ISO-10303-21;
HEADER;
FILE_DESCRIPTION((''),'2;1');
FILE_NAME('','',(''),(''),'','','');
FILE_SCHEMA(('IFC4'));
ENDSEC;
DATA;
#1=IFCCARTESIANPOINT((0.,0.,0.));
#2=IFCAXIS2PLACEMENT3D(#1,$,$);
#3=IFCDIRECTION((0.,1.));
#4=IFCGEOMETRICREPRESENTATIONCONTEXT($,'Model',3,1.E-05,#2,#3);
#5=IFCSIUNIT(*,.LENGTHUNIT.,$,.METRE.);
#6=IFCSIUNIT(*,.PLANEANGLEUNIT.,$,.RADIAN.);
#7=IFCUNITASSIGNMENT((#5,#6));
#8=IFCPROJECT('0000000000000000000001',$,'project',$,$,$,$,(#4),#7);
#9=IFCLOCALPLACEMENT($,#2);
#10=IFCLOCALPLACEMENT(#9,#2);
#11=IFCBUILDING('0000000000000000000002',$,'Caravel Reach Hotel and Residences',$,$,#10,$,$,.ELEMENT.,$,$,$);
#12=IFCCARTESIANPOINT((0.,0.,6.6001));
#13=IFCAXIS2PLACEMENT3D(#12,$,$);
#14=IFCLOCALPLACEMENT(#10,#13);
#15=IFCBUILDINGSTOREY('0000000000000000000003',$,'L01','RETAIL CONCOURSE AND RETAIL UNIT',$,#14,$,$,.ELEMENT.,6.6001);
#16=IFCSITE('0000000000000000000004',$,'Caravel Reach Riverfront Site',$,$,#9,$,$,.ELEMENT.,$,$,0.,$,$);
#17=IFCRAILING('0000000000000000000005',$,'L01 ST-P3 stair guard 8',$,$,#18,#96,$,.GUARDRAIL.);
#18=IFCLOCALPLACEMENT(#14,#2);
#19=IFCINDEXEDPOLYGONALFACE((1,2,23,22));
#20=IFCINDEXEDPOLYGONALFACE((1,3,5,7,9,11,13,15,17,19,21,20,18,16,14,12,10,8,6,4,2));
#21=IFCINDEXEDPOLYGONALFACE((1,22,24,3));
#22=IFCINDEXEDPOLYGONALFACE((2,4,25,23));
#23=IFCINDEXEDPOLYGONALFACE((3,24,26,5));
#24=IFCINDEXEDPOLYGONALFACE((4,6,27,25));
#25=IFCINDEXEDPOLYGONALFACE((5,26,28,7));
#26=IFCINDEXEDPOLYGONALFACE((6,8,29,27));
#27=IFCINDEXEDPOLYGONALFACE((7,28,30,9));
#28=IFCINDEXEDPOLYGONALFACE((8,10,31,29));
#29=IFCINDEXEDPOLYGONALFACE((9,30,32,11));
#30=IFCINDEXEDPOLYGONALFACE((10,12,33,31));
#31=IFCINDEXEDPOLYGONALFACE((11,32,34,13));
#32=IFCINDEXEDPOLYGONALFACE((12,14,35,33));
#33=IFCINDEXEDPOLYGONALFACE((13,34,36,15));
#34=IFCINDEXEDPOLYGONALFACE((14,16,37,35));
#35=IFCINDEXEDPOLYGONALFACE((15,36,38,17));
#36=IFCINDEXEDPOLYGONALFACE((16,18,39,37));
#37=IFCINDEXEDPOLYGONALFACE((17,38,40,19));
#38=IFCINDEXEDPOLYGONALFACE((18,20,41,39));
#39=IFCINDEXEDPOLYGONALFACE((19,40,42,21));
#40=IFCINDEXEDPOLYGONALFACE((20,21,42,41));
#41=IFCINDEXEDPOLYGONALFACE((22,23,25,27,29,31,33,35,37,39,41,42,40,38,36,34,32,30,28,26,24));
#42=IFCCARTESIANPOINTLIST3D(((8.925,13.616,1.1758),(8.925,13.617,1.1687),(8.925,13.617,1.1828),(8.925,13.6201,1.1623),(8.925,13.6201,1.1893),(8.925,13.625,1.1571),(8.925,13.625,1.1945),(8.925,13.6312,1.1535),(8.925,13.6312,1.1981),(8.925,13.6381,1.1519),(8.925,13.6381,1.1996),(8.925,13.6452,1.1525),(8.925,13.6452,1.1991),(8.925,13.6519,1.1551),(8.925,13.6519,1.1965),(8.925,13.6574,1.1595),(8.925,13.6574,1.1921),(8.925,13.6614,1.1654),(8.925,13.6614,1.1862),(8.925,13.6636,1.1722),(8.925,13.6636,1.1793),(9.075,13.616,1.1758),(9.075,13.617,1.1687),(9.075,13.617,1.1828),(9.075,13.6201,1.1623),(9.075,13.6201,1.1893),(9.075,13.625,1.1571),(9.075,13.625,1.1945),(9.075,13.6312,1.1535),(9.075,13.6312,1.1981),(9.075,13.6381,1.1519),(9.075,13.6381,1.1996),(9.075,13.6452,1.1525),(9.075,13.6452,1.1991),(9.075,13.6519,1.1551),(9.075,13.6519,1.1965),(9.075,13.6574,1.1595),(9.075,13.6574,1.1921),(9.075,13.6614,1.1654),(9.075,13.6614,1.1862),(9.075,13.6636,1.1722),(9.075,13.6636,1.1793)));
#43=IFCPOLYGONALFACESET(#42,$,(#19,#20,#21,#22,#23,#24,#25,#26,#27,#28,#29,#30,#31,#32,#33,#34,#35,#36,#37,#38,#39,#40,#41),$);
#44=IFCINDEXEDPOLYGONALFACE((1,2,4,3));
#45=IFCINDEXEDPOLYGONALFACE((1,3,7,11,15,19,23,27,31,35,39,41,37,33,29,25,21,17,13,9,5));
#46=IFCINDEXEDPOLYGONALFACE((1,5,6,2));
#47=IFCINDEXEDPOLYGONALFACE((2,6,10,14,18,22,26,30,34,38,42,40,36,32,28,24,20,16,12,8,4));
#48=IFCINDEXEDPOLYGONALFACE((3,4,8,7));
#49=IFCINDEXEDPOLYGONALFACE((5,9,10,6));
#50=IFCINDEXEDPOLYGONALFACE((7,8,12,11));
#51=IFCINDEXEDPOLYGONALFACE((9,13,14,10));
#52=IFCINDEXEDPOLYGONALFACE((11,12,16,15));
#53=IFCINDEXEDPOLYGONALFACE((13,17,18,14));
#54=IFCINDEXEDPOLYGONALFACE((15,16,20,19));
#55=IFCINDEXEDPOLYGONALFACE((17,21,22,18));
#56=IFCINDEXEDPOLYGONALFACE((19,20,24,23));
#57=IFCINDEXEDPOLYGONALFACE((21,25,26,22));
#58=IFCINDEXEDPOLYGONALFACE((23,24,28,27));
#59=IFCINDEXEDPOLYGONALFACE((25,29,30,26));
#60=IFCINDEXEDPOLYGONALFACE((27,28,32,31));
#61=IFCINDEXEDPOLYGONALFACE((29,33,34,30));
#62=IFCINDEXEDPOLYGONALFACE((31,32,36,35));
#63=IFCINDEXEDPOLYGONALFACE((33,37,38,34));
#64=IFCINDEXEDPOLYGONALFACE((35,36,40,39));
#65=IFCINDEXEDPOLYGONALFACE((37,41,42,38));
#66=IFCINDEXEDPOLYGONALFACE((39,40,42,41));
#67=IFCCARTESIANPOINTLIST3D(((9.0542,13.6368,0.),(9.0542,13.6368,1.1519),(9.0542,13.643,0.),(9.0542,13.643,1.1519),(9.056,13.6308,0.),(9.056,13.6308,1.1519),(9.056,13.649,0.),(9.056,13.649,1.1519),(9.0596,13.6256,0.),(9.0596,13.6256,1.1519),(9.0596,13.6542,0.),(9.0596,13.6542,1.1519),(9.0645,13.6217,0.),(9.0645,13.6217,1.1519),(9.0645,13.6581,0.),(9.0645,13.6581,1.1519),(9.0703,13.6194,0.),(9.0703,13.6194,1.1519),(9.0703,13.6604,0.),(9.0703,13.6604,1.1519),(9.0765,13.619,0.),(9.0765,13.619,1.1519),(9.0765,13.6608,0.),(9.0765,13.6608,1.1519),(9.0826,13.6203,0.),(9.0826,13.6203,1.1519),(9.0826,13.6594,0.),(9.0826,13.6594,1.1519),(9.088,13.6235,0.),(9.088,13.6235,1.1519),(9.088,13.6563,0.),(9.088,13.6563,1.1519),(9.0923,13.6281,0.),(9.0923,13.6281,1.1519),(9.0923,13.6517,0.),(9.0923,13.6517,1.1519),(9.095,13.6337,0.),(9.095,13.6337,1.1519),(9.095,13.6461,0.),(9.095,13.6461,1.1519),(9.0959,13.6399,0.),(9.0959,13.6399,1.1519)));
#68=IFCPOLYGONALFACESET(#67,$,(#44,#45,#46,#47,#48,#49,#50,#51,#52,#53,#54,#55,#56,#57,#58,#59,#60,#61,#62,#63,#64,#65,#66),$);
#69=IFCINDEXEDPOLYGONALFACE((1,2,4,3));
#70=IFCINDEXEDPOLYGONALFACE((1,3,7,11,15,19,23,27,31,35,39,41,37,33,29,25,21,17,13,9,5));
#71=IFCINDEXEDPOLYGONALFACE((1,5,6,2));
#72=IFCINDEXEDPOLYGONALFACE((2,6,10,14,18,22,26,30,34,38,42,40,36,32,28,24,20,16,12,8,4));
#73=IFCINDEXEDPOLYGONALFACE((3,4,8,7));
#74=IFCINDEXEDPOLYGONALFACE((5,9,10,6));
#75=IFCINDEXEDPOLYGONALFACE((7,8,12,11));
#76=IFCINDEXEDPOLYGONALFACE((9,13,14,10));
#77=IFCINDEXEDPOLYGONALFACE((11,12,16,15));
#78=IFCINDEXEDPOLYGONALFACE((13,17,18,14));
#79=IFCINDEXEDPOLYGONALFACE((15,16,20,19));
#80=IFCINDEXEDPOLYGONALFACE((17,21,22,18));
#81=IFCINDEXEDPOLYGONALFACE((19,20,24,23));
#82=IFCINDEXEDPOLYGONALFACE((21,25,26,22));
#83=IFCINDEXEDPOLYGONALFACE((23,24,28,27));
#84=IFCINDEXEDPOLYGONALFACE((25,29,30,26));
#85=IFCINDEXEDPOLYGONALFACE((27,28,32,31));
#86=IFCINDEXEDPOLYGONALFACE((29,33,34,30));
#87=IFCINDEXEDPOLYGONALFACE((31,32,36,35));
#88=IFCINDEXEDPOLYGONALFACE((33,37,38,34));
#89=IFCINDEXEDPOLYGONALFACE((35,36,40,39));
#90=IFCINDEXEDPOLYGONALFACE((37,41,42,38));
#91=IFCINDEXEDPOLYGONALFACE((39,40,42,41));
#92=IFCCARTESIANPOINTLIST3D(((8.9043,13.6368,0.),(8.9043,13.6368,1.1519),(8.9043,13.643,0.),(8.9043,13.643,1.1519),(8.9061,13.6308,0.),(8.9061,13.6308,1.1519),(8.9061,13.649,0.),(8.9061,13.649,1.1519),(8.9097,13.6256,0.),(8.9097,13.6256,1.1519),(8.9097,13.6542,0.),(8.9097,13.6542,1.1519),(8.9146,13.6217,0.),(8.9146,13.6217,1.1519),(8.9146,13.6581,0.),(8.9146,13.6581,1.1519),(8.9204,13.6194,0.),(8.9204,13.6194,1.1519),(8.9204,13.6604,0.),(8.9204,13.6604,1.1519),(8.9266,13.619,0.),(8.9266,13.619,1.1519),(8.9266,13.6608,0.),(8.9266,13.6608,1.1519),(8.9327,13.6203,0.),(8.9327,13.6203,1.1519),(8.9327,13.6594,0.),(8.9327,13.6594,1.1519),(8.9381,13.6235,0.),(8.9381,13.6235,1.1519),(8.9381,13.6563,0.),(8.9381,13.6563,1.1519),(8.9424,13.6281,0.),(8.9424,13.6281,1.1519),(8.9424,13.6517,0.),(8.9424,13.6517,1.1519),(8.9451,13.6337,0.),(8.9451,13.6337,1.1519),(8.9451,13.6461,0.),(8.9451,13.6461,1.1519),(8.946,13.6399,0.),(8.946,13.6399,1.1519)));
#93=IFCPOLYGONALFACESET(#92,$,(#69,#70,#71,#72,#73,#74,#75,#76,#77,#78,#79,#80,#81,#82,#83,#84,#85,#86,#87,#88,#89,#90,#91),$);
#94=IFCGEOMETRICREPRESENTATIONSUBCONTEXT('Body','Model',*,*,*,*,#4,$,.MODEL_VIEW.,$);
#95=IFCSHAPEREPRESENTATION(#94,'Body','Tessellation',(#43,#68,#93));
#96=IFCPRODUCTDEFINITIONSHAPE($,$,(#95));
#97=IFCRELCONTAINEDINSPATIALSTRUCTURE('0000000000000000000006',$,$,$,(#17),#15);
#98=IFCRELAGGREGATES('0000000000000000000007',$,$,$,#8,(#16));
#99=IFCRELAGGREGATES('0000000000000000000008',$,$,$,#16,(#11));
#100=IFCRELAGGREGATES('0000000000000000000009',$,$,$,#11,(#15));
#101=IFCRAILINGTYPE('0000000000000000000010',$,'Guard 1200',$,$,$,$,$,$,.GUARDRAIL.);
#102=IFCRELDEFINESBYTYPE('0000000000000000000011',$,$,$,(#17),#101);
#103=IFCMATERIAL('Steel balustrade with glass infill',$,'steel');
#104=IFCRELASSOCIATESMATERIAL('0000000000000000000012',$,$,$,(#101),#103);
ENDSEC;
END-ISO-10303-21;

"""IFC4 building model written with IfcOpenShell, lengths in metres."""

from ifc_helpers import new_model, si_unit, direction, frame, origin, origin_2d, place, context, subcontext, project, spatial, circle, extrude, material, type_object, element, save


model = new_model("IFC4")

# Units and contexts
model_context = context("Model", 3, precision=1e-05, world=origin(), true_north=direction((0.0, 1.0)))
body_context = subcontext(model_context, "Body", "Model", "MODEL_VIEW")
ifc_project = project(units=[si_unit("LENGTHUNIT", "METRE"), si_unit("PLANEANGLEUNIT", "RADIAN")], contexts=[model_context])

# Site, building, storey
site_placement = place(None, origin())
site = spatial("IfcSite", under=ifc_project, at=site_placement, Name="Caravel Reach Riverfront Site", CompositionType="ELEMENT", RefElevation=0.0)
building_placement = place(site_placement, origin())
building = spatial("IfcBuilding", under=site, at=building_placement, Name="Caravel Reach Hotel and Residences", CompositionType="ELEMENT")
storey_placement = place(building_placement, frame((0.0, 0.0, 6.6001)))
storey = spatial("IfcBuildingStorey", under=building, at=storey_placement, Name="L01", Description="RETAIL CONCOURSE AND RETAIL UNIT", CompositionType="ELEMENT", Elevation=6.6001)

# Railing
ifc_material_1 = material(Name="Steel balustrade with glass infill", Category="steel")
railing_type_1 = type_object("IfcRailingType", Name="Guard 1200", PredefinedType="GUARDRAIL", material=ifc_material_1)
railing_1_placement = place(storey_placement, frame((9.075, 13.6399, 0.0)))
element("IfcRailing", 1, at=railing_1_placement, inside=storey, type_object=railing_type_1, Name="L01 ST-P3 stair guard 8", PredefinedType="GUARDRAIL", context=body_context, shape_type="SweptSolid", body=[
    extrude(circle(Radius=0.0239, at=origin_2d()), frame((0.0, 0.0, 1.1758), z_axis=(-1.0, 0.0, 0.0), x_axis=(0.0, -1.0, 0.0)), (0.0, 0.0, 1.0), 0.1499),
    extrude(circle(Radius=0.021, at=origin_2d()), origin(), (0.0, 0.0, 1.0), 1.1519),
    extrude(circle(Radius=0.021, at=origin_2d()), frame((-0.1499, 0.0, 0.0)), (0.0, 0.0, 1.0), 1.1519),
])

save(model, "model.ifc")
